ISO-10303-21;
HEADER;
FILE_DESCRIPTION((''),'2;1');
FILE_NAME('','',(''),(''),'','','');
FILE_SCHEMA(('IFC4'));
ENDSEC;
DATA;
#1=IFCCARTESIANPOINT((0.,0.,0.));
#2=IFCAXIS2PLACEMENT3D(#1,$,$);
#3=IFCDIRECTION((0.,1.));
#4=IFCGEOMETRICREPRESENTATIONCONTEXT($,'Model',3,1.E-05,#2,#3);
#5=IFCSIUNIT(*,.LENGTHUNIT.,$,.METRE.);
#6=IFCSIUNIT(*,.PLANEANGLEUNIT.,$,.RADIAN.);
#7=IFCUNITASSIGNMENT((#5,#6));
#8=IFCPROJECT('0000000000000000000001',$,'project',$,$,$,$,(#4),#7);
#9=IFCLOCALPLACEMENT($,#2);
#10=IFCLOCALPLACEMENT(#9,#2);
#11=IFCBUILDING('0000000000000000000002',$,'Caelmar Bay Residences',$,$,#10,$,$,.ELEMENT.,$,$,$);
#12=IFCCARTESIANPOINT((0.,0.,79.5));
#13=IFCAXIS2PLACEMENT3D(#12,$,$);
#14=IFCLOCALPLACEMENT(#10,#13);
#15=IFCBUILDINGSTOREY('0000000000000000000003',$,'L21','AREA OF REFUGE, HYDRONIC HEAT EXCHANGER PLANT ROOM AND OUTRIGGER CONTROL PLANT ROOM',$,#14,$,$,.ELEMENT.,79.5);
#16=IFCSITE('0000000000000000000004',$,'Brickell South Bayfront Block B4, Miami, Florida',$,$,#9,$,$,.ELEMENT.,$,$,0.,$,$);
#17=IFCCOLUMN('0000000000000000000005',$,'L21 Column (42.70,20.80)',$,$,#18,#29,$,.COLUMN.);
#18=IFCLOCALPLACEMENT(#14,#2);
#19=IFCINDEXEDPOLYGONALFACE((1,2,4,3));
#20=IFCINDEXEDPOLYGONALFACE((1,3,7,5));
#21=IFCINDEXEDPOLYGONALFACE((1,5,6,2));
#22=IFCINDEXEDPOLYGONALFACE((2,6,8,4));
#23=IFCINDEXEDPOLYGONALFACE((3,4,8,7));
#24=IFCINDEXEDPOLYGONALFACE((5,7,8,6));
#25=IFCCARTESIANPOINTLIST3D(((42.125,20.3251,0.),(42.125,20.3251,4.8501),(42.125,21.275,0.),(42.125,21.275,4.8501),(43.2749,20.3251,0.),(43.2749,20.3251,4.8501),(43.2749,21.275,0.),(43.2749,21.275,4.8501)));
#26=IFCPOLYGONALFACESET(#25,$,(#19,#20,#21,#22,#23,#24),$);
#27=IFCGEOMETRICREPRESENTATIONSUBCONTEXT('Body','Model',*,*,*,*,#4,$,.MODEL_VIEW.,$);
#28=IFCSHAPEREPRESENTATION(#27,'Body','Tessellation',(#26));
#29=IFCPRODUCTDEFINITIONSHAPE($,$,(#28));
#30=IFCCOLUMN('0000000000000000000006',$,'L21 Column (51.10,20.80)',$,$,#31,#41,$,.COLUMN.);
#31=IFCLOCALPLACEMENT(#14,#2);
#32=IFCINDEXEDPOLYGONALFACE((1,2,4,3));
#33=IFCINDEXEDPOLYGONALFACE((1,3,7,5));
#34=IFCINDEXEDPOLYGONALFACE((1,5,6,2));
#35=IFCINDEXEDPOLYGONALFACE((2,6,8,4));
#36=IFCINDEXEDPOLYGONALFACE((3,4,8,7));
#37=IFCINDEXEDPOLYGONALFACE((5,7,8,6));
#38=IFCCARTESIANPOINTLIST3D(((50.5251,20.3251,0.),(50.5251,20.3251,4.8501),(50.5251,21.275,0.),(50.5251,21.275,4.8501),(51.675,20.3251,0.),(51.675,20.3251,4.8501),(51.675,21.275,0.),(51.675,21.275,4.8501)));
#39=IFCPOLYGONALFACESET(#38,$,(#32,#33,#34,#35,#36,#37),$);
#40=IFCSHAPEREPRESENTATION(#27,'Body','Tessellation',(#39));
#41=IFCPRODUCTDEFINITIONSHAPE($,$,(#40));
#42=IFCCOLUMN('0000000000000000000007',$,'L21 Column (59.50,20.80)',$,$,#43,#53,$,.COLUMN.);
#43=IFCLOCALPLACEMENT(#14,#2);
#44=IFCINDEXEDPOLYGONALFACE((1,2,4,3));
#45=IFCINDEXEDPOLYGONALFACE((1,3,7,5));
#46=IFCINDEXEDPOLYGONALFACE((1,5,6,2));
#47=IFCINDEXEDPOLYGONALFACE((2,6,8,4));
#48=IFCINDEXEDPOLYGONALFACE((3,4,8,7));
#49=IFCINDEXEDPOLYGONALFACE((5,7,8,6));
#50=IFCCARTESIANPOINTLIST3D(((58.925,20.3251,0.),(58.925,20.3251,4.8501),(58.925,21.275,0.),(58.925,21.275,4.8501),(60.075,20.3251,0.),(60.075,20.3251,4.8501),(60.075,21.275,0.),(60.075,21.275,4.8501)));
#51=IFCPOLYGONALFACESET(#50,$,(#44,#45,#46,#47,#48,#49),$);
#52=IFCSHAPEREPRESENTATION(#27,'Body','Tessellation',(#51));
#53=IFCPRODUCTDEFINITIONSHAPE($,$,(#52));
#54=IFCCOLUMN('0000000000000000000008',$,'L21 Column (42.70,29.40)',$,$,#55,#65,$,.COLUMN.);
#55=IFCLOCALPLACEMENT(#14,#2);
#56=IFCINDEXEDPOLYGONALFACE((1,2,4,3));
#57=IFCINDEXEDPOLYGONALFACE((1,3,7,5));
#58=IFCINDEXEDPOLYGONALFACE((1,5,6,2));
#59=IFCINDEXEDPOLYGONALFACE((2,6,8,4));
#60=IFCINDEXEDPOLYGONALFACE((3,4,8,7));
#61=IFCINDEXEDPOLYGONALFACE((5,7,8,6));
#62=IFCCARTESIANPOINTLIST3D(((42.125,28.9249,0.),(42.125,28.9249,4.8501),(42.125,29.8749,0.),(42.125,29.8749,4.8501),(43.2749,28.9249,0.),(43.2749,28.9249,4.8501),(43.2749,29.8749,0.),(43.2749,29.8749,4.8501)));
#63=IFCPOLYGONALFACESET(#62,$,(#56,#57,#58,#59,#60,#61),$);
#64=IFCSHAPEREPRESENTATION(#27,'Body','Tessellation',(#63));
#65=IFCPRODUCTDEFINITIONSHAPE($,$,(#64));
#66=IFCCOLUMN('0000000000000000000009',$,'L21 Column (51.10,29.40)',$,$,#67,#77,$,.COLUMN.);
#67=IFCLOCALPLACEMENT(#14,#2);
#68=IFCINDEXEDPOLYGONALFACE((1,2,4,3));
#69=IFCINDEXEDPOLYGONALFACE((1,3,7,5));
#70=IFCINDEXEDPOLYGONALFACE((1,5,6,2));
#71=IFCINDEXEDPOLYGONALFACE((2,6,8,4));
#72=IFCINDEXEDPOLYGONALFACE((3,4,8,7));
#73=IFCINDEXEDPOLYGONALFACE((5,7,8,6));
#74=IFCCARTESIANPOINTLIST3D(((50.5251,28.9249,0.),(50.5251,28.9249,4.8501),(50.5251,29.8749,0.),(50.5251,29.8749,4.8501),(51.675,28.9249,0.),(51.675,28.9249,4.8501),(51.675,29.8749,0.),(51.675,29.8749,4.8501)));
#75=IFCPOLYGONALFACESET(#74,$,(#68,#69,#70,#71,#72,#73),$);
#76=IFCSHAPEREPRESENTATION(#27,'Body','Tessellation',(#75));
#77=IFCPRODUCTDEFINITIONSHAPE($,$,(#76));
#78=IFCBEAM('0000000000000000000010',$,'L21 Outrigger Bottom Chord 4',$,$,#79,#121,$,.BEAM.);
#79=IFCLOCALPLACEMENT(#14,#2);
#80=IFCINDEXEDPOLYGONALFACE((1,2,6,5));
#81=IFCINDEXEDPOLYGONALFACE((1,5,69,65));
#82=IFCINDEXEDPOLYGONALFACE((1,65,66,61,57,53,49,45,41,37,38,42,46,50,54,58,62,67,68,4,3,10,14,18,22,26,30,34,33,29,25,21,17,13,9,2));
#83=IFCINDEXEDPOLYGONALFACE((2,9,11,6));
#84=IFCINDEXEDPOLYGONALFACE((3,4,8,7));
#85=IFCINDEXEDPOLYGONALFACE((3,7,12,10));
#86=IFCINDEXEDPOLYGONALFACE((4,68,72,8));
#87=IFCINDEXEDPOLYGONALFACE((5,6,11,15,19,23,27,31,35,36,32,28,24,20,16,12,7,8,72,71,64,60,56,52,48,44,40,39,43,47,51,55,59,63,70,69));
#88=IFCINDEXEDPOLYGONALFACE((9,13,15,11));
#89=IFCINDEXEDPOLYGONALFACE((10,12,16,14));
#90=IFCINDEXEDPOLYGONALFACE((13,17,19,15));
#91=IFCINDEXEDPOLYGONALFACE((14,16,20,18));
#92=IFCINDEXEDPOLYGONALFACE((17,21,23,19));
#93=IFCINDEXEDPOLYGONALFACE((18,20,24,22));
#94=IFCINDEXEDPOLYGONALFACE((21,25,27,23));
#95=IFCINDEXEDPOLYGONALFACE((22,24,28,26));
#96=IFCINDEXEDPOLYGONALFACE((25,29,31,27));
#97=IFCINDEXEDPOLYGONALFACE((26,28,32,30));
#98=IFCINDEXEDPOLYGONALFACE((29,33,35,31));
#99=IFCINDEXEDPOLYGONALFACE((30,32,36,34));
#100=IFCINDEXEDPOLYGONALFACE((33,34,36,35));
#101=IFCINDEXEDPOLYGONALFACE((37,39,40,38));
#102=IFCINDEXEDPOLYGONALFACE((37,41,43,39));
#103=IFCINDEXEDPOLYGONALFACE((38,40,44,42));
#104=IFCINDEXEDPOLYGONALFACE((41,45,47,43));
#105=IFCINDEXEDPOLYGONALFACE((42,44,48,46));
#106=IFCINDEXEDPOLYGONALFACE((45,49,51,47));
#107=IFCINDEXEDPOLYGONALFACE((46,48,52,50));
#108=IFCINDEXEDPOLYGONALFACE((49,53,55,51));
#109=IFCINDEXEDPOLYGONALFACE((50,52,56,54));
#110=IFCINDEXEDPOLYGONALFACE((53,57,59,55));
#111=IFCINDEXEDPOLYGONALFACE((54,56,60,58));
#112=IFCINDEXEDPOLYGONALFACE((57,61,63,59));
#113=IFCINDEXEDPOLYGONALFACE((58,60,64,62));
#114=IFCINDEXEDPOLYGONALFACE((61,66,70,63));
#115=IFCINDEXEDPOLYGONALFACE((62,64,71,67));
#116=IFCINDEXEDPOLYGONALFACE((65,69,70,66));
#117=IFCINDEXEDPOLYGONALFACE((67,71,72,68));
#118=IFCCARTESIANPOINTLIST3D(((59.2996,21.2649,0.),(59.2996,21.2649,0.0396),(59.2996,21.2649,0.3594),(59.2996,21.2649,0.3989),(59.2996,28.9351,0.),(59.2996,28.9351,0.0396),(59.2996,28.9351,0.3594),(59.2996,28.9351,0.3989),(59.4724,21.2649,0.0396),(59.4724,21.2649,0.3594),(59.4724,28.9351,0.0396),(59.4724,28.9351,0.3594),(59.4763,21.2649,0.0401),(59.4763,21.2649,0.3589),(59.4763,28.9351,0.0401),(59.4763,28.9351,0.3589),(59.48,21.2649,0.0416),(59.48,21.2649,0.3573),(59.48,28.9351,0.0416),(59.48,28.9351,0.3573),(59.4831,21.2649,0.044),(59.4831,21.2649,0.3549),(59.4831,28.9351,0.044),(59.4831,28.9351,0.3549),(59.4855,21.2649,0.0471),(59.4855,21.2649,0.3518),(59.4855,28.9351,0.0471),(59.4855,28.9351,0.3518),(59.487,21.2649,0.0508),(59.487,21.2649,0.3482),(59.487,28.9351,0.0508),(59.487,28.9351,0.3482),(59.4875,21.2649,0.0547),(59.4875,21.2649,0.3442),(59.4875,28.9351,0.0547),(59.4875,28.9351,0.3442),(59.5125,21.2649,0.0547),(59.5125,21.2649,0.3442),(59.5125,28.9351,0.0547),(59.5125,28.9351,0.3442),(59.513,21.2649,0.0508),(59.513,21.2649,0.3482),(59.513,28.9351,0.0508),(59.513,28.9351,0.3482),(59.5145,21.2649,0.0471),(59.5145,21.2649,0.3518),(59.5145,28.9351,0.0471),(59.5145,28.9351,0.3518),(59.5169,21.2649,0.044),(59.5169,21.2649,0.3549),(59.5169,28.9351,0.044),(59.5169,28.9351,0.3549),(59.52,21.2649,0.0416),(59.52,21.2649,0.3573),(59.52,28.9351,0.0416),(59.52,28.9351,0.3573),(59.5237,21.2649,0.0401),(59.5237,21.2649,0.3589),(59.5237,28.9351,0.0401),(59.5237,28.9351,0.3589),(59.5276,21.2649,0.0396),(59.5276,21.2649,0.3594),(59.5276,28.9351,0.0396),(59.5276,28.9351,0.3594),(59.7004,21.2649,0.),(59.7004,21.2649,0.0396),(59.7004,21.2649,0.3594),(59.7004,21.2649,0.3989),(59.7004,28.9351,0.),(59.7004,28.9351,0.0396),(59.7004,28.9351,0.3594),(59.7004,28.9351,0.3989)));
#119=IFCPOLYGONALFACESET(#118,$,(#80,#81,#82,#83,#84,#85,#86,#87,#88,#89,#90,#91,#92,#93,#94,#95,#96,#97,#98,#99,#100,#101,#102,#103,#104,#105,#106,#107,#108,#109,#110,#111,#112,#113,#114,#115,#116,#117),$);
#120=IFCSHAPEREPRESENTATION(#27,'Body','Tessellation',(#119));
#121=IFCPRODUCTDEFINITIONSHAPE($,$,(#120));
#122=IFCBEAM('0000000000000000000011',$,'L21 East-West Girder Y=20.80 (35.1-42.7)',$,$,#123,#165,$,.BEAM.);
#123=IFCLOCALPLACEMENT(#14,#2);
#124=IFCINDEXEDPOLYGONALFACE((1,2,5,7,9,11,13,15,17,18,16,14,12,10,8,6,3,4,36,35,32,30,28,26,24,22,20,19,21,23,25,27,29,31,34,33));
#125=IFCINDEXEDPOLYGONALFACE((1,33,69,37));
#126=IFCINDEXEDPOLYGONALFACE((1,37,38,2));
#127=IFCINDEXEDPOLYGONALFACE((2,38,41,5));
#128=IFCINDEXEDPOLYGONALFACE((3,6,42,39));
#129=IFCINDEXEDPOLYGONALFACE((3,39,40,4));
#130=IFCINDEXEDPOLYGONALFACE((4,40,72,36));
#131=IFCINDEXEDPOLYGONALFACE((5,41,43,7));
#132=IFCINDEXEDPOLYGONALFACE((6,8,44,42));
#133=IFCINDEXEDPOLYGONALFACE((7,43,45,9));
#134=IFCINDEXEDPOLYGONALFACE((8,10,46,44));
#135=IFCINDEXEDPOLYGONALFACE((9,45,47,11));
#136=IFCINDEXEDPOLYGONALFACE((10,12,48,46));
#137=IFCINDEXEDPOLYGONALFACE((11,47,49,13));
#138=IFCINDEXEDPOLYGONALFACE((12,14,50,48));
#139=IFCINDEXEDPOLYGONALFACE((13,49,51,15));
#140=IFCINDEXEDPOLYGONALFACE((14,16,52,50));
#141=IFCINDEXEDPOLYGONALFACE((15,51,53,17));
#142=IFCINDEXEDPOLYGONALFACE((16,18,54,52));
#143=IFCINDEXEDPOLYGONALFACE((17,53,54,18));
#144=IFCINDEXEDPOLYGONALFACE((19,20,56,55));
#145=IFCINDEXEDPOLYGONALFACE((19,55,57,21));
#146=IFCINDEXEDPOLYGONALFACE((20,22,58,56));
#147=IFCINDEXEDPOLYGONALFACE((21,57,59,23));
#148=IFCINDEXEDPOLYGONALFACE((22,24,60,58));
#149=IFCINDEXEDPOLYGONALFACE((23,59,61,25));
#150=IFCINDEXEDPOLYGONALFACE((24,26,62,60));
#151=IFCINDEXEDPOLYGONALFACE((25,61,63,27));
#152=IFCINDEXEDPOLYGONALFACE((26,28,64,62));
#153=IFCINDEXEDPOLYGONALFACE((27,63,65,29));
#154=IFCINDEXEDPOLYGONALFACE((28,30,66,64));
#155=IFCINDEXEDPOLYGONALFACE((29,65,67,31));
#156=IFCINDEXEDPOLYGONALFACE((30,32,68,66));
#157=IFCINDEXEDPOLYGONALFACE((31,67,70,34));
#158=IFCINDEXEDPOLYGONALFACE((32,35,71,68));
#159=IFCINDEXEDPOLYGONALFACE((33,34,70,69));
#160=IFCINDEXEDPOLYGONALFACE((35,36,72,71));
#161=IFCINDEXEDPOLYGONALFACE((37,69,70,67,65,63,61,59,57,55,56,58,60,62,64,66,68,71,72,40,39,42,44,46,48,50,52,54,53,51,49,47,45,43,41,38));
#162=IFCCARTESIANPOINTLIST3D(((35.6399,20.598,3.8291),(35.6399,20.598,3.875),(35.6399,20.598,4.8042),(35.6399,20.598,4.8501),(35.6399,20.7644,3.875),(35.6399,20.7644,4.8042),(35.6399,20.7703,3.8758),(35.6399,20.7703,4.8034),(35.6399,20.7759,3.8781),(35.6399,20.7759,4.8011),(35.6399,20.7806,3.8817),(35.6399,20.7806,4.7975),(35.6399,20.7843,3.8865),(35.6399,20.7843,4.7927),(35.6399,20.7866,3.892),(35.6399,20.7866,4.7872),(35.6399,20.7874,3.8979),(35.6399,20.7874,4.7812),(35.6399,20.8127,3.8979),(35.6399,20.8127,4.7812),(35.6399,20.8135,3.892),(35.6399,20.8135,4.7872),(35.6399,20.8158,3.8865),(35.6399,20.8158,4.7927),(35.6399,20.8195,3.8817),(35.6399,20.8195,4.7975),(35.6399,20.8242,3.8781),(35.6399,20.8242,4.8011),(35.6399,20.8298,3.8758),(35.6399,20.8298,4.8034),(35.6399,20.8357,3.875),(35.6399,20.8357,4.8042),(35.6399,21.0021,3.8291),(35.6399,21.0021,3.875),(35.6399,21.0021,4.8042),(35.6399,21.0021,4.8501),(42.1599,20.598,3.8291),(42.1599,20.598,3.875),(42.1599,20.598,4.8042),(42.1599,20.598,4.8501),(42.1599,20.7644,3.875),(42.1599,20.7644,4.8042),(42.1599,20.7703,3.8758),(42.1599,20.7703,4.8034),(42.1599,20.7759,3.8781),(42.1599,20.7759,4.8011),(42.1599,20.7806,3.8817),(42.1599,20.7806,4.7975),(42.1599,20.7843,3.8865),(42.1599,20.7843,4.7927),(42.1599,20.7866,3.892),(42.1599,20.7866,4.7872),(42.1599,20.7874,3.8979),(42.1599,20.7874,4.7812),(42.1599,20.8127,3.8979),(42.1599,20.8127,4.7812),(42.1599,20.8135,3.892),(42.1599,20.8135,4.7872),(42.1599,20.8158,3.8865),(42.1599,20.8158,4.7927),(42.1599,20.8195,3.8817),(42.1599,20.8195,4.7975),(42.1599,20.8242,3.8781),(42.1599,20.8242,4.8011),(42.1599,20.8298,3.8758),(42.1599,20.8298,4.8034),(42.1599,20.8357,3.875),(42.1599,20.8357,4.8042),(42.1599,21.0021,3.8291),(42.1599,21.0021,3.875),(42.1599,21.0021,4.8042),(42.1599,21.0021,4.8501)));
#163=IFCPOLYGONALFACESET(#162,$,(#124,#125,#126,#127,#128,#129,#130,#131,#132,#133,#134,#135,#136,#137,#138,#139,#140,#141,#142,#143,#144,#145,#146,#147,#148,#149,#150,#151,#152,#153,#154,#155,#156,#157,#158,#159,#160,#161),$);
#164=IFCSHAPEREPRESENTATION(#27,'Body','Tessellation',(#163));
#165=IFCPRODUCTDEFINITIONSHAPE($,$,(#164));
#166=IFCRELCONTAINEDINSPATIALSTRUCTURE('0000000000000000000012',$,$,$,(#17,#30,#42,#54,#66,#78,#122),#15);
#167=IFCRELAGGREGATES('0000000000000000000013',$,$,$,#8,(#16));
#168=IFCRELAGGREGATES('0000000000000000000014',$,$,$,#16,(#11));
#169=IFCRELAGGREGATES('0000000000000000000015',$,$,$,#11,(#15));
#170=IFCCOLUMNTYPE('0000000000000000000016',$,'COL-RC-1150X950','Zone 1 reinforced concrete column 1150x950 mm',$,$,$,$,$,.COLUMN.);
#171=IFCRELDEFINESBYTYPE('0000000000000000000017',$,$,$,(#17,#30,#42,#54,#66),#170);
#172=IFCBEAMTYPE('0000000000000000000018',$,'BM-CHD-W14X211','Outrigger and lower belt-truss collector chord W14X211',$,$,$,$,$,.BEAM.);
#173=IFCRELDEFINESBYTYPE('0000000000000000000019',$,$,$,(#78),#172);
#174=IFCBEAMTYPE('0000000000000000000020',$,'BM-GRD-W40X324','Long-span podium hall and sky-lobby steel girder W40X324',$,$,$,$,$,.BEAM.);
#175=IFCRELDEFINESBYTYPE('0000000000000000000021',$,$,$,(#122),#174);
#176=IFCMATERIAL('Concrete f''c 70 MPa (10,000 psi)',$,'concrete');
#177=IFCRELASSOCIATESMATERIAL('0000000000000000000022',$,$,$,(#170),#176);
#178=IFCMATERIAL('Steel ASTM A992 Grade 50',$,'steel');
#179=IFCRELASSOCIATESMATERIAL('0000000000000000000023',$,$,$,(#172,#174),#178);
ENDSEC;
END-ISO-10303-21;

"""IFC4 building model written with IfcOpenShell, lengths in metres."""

from ifc_helpers import new_model, si_unit, direction, frame, origin, origin_2d, place, context, subcontext, project, spatial, rectangle, i_section, extrude, material, material_profile, profile_set, type_object, element, save


model = new_model("IFC4")

# Units and contexts
model_context = context("Model", 3, precision=1e-05, world=origin(), true_north=direction((0.0, 1.0)))
body_context = subcontext(model_context, "Body", "Model", "MODEL_VIEW")
ifc_project = project(units=[si_unit("LENGTHUNIT", "METRE"), si_unit("PLANEANGLEUNIT", "RADIAN")], contexts=[model_context])

# Site, building, storey
site_placement = place(None, origin())
site = spatial("IfcSite", under=ifc_project, at=site_placement, Name="Brickell South Bayfront Block B4, Miami, Florida", CompositionType="ELEMENT", RefElevation=0.0)
building_placement = place(site_placement, origin())
building = spatial("IfcBuilding", under=site, at=building_placement, Name="Caelmar Bay Residences", CompositionType="ELEMENT")
storey_placement = place(building_placement, frame((0.0, 0.0, 79.5)))
storey = spatial("IfcBuildingStorey", under=building, at=storey_placement, Name="L21", Description="AREA OF REFUGE, HYDRONIC HEAT EXCHANGER PLANT ROOM AND OUTRIGGER CONTROL PLANT ROOM", CompositionType="ELEMENT", Elevation=79.5)

# Columns
ifc_material_1 = material(Name="Concrete f'c 70 MPa (10,000 psi)", Category="concrete")
ifc_material_profile_1 = material_profile(ifc_material_1, rectangle(XDim=1.1499, YDim=0.95, at=origin_2d()), Name="RC-COL-1150X950")
ifc_profile_set_1 = profile_set([ifc_material_profile_1], Name="Concrete f'c 70 MPa (10,000 psi)")
column_type = type_object("IfcColumnType", Name="COL-RC-1150X950", Description="Zone 1 reinforced concrete column 1150x950 mm", PredefinedType="COLUMN", material=ifc_profile_set_1)
for number, where, z_axis, x_axis, name in (
    (1, (42.7, 20.8, 0.0), (0.0, 0.0, 1.0), (1.0, 0.0, 0.0), "L21 Column (42.70,20.80)"),
    (2, (51.1001, 20.8, 0.0), (0.0, 0.0, 1.0), (1.0, 0.0, 0.0), "L21 Column (51.10,20.80)"),
    (3, (59.5, 20.8, 0.0), (0.0, 0.0, 1.0), (1.0, 0.0, 0.0), "L21 Column (59.50,20.80)"),
    (4, (42.7, 29.3999, 0.0), (0.0, 0.0, 1.0), (1.0, 0.0, 0.0), "L21 Column (42.70,29.40)"),
    (5, (51.1001, 29.3999, 0.0), (0.0, 0.0, 1.0), (1.0, 0.0, 0.0), "L21 Column (51.10,29.40)"),
):
    element("IfcColumn", number, at=place(storey_placement, frame(where, z_axis=z_axis, x_axis=x_axis)), inside=storey, type_object=column_type, Name=name, PredefinedType="COLUMN", context=body_context, shape_type="SweptSolid", body=[
        extrude(rectangle(XDim=1.1499, YDim=0.95, at=origin_2d()), origin(), (0.0, 0.0, 1.0), 4.8501),
    ])

# Beams
ifc_material_2 = material(Name="Steel ASTM A992 Grade 50", Category="steel")
ifc_material_profile_2 = material_profile(ifc_material_2, i_section(OverallWidth=0.4009, OverallDepth=0.3989, WebThickness=0.0249, FlangeThickness=0.0396, FilletRadius=0.0151, at=origin_2d()), Name="W14X211")
ifc_profile_set_2 = profile_set([ifc_material_profile_2], Name="Steel ASTM A992 Grade 50")
beam_type_1 = type_object("IfcBeamType", Name="BM-CHD-W14X211", Description="Outrigger and lower belt-truss collector chord W14X211", PredefinedType="BEAM", material=ifc_profile_set_2)
beam_1_placement = place(storey_placement, frame((59.5, 21.2649, 0.1995), z_axis=(0.0, 1.0, 0.0), x_axis=(-1.0, 0.0, 0.0)))
element("IfcBeam", 6, at=beam_1_placement, inside=storey, type_object=beam_type_1, Name="L21 Outrigger Bottom Chord 4", PredefinedType="BEAM", context=body_context, shape_type="SweptSolid", body=[
    extrude(i_section(OverallWidth=0.4009, OverallDepth=0.3989, WebThickness=0.0249, FlangeThickness=0.0396, FilletRadius=0.0151, at=origin_2d()), origin(), (0.0, 0.0, 1.0), 7.6702),
])
ifc_material_profile_3 = material_profile(ifc_material_2, i_section(OverallWidth=0.4041, OverallDepth=1.021, WebThickness=0.0254, FlangeThickness=0.0459, FilletRadius=0.0229, at=origin_2d()), Name="W40X324")
ifc_profile_set_3 = profile_set([ifc_material_profile_3], Name="Steel ASTM A992 Grade 50")
beam_type_2 = type_object("IfcBeamType", Name="BM-GRD-W40X324", Description="Long-span podium hall and sky-lobby steel girder W40X324", PredefinedType="BEAM", material=ifc_profile_set_3)
beam_2_placement = place(storey_placement, frame((35.6399, 20.8, 4.3396), z_axis=(1.0, 0.0, 0.0), x_axis=(0.0, 1.0, 0.0)))
element("IfcBeam", 7, at=beam_2_placement, inside=storey, type_object=beam_type_2, Name="L21 East-West Girder Y=20.80 (35.1-42.7)", PredefinedType="BEAM", context=body_context, shape_type="SweptSolid", body=[
    extrude(i_section(OverallWidth=0.4041, OverallDepth=1.021, WebThickness=0.0254, FlangeThickness=0.0459, FilletRadius=0.0229, at=origin_2d()), origin(), (0.0, 0.0, 1.0), 6.52),
])

save(model, "model.ifc")
